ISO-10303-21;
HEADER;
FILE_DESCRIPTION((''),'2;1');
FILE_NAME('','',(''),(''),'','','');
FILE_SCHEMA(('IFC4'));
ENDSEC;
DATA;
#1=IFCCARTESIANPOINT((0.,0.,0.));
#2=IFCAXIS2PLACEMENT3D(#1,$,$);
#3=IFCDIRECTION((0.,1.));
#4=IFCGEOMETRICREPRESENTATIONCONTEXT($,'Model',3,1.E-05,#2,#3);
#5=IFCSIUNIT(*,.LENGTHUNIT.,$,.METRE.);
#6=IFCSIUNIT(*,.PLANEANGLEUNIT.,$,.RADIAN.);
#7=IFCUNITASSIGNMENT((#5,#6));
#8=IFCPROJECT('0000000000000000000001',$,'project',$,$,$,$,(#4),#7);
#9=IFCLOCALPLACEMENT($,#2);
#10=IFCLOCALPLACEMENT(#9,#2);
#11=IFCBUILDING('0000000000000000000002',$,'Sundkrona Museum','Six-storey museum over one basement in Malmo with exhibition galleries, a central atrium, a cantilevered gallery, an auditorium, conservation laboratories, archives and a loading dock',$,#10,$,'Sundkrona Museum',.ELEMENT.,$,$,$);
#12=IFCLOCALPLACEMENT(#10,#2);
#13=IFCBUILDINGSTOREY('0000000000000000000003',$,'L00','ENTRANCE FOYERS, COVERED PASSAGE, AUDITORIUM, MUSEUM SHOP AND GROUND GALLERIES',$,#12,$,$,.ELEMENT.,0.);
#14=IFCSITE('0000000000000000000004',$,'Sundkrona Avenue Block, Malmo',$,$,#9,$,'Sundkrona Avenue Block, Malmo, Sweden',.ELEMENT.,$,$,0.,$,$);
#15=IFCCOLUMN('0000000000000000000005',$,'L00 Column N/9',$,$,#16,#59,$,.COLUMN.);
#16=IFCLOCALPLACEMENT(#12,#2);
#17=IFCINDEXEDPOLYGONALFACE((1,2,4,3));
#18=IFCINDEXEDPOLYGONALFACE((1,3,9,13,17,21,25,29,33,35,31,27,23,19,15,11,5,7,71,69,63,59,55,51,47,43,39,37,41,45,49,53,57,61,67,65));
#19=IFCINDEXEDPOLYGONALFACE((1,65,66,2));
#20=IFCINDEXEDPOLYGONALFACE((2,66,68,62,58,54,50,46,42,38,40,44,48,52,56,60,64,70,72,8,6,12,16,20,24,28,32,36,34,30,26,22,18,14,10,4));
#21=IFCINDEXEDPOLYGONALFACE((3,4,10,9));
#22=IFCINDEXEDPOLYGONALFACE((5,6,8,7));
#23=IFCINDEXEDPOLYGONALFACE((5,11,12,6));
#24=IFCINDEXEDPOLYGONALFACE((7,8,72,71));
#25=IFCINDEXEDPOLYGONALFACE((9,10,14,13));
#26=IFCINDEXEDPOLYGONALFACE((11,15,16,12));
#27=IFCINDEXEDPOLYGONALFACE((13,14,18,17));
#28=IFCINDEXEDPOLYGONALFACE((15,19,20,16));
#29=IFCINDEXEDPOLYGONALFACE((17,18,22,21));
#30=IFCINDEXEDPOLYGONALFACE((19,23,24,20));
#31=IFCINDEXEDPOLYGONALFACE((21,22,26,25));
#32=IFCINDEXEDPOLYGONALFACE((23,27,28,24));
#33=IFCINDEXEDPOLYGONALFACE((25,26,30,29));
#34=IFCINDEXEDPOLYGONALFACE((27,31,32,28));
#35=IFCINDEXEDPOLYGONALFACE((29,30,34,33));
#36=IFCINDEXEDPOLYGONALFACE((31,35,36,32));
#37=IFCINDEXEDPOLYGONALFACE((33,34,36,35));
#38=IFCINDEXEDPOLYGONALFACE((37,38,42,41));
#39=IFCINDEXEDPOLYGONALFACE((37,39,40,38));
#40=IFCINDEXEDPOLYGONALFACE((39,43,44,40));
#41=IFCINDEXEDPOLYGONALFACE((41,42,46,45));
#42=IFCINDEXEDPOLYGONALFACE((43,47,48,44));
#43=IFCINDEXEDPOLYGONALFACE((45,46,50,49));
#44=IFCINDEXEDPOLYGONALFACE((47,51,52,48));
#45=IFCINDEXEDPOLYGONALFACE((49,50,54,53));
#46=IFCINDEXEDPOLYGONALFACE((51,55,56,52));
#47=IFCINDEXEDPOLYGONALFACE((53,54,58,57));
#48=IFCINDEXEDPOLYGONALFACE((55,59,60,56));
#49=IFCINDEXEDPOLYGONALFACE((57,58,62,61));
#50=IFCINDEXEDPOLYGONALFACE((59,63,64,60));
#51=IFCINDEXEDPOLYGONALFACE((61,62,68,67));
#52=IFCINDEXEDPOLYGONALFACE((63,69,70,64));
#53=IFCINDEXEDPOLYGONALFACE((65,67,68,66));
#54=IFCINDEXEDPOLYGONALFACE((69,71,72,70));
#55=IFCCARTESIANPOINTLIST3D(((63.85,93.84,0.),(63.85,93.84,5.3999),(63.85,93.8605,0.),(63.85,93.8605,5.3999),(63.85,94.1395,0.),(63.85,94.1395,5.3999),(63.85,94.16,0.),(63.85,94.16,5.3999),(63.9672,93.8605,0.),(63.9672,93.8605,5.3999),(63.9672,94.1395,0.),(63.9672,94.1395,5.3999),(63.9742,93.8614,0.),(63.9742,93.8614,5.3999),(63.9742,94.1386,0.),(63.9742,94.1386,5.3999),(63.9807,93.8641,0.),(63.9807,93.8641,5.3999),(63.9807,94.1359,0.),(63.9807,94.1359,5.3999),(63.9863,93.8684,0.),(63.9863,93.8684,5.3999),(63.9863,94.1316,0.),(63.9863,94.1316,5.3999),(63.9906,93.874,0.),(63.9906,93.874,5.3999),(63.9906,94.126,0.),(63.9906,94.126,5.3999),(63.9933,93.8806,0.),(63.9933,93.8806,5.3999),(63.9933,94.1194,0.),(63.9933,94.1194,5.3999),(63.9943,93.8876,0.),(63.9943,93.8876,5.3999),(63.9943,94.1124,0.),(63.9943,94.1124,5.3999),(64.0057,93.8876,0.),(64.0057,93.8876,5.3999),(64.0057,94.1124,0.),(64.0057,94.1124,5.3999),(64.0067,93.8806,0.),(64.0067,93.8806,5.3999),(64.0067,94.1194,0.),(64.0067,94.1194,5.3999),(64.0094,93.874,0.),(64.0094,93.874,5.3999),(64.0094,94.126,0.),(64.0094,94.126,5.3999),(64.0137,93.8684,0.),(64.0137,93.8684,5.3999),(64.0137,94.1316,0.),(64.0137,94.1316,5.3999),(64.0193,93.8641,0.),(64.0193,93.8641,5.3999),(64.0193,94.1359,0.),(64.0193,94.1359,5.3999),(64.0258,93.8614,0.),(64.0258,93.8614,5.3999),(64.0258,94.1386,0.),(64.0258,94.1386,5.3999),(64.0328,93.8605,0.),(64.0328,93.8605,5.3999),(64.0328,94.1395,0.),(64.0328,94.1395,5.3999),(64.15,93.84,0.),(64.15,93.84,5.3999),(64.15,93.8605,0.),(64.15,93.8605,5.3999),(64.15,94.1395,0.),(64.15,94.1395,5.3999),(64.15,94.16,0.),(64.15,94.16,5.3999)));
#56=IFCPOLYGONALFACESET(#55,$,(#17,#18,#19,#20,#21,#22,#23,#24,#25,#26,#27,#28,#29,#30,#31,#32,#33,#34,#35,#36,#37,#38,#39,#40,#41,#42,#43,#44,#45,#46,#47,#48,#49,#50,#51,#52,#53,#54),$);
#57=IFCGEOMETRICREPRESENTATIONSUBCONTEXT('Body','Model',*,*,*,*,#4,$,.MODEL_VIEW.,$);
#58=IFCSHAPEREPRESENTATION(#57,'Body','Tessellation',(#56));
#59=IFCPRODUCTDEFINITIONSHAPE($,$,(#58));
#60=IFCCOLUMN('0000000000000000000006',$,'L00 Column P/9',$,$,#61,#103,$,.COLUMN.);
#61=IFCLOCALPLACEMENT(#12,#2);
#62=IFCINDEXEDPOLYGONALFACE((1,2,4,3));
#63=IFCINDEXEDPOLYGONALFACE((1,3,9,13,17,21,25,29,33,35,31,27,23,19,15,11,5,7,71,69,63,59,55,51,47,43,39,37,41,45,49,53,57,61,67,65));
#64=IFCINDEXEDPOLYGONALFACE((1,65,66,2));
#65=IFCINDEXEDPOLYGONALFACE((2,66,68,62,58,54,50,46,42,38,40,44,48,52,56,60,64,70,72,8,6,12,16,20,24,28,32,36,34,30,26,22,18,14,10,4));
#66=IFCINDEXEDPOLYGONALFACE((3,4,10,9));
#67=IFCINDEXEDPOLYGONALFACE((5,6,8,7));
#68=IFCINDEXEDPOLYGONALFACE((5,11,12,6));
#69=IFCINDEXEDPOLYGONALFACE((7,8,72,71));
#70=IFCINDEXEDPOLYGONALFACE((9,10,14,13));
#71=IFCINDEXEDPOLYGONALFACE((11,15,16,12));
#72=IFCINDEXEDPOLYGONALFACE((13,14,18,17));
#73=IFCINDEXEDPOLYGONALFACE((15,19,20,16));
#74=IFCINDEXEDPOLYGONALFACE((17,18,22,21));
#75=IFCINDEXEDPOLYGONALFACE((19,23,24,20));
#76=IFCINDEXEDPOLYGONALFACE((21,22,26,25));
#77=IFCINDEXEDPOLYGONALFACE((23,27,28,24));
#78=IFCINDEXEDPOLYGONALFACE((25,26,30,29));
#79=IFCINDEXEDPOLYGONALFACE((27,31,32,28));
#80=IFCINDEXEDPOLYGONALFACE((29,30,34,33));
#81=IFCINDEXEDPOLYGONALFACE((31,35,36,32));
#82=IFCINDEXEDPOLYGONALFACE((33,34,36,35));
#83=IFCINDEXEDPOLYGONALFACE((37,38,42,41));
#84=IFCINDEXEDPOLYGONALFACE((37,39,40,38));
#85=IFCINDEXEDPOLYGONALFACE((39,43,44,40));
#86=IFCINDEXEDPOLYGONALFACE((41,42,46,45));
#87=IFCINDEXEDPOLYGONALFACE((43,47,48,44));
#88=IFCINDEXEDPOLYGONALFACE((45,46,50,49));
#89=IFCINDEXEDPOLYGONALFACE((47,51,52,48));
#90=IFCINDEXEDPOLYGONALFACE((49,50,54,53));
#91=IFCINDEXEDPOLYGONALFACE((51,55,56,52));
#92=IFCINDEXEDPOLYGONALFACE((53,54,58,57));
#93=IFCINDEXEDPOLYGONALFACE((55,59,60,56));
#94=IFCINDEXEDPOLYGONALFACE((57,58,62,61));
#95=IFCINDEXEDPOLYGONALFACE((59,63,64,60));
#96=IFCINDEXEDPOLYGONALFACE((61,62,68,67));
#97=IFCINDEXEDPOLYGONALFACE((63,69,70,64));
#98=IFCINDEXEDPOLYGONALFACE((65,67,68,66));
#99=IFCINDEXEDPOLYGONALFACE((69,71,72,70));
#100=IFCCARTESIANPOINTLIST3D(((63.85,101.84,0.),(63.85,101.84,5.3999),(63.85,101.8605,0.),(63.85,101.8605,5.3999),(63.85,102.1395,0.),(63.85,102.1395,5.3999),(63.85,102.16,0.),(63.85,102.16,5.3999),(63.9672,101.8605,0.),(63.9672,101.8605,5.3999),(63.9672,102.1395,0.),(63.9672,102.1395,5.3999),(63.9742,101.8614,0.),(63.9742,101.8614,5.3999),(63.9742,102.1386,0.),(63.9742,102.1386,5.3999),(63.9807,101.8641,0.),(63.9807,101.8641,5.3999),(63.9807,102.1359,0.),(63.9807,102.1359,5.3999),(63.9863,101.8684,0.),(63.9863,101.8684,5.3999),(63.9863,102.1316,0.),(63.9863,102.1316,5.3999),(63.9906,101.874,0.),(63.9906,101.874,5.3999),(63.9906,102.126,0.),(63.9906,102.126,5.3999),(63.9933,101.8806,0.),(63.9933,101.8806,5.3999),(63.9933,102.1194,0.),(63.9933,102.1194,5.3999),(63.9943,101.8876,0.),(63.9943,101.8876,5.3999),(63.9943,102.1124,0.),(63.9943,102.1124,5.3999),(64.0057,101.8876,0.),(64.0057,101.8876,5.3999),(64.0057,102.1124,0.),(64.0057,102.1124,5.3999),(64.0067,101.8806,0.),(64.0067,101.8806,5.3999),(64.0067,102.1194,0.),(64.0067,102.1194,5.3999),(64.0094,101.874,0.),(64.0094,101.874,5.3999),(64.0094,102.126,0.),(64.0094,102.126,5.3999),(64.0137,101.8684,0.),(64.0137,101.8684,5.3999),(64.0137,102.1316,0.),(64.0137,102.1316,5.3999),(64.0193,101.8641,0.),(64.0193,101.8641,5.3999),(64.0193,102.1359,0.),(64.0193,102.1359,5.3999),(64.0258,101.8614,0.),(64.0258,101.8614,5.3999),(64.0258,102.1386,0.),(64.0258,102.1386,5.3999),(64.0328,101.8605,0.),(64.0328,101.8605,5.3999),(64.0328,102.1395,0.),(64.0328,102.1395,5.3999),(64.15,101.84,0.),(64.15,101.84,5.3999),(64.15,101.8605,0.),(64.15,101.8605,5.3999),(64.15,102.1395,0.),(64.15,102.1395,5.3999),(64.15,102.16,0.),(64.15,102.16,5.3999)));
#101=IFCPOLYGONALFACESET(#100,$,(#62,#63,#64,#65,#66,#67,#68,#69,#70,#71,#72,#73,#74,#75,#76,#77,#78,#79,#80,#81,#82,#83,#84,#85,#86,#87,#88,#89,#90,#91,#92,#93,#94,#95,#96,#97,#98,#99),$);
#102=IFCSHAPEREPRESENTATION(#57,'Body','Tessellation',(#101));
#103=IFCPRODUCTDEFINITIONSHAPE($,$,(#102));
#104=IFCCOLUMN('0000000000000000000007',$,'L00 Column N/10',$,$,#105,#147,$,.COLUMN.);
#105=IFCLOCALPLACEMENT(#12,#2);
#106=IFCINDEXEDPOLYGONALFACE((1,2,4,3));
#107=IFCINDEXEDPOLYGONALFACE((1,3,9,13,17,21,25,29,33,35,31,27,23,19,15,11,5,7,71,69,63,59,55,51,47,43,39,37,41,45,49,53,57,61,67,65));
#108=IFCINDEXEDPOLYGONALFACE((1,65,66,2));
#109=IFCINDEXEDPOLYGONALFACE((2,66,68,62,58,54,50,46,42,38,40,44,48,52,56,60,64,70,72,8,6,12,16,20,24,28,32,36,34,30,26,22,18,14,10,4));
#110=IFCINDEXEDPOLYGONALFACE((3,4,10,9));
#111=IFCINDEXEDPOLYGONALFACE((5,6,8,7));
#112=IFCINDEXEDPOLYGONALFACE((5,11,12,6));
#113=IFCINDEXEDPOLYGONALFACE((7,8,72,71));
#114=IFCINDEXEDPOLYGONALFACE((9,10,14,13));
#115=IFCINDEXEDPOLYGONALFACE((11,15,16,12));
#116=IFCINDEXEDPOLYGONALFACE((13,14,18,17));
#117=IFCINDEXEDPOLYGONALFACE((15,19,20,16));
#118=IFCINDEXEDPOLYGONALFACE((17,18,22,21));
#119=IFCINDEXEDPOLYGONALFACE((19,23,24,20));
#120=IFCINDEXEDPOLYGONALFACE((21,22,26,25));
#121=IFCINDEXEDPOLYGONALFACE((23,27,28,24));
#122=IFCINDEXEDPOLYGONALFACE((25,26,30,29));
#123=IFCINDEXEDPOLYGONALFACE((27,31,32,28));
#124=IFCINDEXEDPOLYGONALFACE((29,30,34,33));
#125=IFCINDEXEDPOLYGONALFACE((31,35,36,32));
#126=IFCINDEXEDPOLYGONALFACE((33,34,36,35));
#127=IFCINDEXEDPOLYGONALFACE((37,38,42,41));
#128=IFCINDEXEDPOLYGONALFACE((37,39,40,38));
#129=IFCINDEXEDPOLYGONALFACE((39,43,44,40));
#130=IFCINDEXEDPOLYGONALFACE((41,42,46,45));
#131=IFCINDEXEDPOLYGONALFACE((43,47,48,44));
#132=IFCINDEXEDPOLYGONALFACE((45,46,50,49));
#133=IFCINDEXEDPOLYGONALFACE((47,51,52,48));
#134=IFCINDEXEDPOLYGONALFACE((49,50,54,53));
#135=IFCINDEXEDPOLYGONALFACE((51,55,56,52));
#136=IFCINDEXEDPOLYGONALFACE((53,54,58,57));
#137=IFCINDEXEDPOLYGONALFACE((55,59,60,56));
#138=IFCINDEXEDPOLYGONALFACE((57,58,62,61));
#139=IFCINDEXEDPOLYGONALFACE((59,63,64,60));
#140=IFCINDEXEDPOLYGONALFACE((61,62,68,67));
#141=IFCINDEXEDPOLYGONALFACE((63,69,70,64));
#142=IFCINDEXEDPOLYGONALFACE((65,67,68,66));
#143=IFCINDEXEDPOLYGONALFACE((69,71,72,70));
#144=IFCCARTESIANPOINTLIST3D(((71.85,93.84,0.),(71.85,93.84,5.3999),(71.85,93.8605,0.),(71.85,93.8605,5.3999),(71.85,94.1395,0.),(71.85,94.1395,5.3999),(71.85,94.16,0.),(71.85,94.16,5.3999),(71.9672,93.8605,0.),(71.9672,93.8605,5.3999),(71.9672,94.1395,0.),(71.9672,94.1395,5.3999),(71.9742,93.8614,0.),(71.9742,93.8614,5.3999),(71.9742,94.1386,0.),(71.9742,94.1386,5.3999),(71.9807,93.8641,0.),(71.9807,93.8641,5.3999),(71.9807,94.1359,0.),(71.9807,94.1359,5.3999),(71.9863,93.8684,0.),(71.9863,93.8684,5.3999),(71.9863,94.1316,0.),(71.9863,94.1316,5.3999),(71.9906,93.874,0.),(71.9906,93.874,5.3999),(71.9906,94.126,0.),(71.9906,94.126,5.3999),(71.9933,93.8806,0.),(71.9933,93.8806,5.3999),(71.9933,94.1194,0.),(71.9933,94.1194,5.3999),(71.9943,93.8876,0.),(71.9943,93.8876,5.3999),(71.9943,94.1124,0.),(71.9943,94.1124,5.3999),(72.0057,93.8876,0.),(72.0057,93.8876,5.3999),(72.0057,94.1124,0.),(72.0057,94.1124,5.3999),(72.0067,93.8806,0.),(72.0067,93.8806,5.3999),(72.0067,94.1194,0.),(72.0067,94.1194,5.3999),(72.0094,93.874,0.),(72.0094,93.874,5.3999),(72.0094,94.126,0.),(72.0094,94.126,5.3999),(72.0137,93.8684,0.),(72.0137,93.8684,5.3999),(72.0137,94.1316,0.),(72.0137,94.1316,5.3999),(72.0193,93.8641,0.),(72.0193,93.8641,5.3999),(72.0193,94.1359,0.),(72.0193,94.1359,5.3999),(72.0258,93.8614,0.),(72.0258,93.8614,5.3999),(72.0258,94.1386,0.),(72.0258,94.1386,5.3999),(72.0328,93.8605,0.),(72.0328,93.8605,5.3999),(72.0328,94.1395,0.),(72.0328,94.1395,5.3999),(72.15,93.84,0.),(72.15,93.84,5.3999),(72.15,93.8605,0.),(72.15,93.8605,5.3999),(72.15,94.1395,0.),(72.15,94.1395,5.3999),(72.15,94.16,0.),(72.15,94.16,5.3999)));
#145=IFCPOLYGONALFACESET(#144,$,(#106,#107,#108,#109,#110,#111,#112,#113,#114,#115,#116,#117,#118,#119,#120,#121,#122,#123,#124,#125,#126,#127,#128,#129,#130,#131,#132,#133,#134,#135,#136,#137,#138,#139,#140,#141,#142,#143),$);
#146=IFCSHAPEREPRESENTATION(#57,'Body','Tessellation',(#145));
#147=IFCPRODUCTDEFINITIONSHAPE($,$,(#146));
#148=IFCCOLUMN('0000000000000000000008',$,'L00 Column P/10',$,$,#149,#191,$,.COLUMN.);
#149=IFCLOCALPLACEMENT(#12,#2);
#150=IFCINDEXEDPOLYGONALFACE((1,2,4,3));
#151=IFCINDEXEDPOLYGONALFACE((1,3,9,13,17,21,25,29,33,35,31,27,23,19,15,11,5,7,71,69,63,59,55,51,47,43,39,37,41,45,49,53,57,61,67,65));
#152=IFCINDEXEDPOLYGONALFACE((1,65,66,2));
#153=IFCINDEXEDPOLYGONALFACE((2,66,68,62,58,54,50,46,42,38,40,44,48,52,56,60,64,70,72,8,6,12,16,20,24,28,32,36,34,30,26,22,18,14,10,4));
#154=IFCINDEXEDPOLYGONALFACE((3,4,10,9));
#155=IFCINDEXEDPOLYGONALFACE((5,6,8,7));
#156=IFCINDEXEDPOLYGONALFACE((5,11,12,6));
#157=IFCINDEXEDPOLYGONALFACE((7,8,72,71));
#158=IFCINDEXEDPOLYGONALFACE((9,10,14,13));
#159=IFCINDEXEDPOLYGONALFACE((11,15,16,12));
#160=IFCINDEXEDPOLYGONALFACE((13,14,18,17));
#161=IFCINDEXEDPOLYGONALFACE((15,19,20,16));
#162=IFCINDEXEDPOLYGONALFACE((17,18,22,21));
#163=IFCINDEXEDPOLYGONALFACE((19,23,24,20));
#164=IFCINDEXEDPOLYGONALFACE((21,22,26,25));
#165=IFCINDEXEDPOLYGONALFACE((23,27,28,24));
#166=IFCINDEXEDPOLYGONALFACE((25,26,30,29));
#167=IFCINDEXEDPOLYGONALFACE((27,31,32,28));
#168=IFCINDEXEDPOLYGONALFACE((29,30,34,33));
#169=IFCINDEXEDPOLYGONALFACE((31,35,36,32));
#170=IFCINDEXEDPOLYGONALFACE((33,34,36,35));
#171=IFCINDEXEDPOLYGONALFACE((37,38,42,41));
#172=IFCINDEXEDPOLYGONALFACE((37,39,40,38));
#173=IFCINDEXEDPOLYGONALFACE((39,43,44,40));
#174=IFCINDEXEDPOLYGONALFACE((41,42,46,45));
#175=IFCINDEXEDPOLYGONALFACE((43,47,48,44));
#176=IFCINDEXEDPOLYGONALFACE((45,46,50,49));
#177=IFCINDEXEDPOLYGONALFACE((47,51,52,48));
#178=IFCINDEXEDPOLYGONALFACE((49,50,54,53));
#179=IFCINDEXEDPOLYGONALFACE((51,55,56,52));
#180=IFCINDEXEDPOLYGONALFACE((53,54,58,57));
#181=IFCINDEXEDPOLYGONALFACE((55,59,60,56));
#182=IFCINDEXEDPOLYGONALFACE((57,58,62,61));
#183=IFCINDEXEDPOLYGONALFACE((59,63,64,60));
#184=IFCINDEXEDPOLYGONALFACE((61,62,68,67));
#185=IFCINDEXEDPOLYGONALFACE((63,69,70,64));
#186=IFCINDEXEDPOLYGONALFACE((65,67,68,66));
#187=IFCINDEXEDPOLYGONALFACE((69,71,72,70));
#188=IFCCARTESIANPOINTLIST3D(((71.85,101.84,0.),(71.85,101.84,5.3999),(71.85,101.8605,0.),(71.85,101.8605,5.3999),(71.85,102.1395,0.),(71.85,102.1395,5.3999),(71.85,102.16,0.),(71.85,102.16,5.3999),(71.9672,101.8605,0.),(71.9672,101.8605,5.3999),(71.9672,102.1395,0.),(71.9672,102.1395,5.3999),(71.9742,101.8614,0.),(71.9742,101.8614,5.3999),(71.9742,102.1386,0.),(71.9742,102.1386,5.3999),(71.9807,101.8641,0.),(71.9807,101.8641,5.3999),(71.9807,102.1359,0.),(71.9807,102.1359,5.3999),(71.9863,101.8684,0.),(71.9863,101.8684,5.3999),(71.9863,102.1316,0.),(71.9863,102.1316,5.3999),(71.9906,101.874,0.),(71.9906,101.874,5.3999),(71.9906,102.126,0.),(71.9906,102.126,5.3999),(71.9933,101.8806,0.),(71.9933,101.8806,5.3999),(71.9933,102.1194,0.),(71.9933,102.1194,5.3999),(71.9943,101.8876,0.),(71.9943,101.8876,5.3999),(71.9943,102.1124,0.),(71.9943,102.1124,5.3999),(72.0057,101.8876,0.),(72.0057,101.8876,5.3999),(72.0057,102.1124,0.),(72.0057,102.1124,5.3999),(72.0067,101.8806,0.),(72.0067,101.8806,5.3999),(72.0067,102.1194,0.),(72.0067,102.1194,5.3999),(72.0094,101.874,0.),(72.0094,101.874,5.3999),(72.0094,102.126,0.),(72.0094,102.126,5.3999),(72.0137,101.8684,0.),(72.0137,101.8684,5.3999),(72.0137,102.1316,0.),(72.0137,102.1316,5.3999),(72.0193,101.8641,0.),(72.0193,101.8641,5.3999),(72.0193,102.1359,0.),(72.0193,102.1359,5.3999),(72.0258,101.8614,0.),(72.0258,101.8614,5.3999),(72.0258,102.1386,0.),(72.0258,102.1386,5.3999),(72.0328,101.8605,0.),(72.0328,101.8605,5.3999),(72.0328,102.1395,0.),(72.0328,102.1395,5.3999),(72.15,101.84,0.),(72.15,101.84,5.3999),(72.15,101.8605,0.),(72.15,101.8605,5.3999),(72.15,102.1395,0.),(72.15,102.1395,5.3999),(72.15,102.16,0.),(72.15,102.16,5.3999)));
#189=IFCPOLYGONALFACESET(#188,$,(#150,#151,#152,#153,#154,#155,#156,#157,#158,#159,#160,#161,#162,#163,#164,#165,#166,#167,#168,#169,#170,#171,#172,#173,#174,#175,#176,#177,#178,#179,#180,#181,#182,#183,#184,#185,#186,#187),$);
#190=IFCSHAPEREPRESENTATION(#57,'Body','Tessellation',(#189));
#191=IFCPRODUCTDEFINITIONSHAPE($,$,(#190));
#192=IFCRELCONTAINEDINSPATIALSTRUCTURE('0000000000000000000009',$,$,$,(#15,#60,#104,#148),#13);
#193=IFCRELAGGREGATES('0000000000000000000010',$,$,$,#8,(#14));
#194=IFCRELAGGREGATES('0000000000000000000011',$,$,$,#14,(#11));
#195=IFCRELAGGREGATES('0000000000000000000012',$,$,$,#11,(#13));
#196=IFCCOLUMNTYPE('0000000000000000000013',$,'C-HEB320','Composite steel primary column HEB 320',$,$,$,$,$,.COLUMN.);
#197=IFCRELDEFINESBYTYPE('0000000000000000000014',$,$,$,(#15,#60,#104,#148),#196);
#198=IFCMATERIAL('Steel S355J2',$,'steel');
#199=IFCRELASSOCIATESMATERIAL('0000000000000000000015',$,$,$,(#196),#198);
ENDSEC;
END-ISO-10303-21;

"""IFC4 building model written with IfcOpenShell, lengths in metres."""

from ifc_helpers import new_model, si_unit, direction, frame, origin, origin_2d, place, context, subcontext, project, spatial, i_section, extrude, material, material_profile, profile_set, type_object, element, save


model = new_model("IFC4")

# Units and contexts
model_context = context("Model", 3, precision=1e-05, world=origin(), true_north=direction((0.0, 1.0)))
body_context = subcontext(model_context, "Body", "Model", "MODEL_VIEW")
ifc_project = project(units=[si_unit("LENGTHUNIT", "METRE"), si_unit("PLANEANGLEUNIT", "RADIAN")], contexts=[model_context])

# Site, building, storey
site_placement = place(None, origin())
site = spatial("IfcSite", under=ifc_project, at=site_placement, Name="Sundkrona Avenue Block, Malmo", LongName="Sundkrona Avenue Block, Malmo, Sweden", CompositionType="ELEMENT", RefElevation=0.0)
building_placement = place(site_placement, origin())
building = spatial("IfcBuilding", under=site, at=building_placement, Name="Sundkrona Museum", Description="Six-storey museum over one basement in Malmo with exhibition galleries, a central atrium, a cantilevered gallery, an auditorium, conservation laboratories, archives and a loading dock", LongName="Sundkrona Museum", CompositionType="ELEMENT")
storey_placement = place(building_placement, origin())
storey = spatial("IfcBuildingStorey", under=building, at=storey_placement, Name="L00", Description="ENTRANCE FOYERS, COVERED PASSAGE, AUDITORIUM, MUSEUM SHOP AND GROUND GALLERIES", CompositionType="ELEMENT", Elevation=0.0)

# Columns
ifc_material_1 = material(Name="Steel S355J2", Category="steel")
ifc_material_profile_1 = material_profile(ifc_material_1, i_section(OverallWidth=0.3, OverallDepth=0.3201, WebThickness=0.0115, FlangeThickness=0.0205, FilletRadius=0.0271, at=origin_2d()), Name="HEB 320")
ifc_profile_set_1 = profile_set([ifc_material_profile_1], Name="Steel S355J2")
column_type_1 = type_object("IfcColumnType", Name="C-HEB320", Description="Composite steel primary column HEB 320", PredefinedType="COLUMN", material=ifc_profile_set_1)
for number, where, z_axis, x_axis, name in (
    (1, (64.0, 94.0, 0.0), (0.0, 0.0, 1.0), (1.0, 0.0, 0.0), "L00 Column N/9"),
    (2, (64.0, 102.0, 0.0), (0.0, 0.0, 1.0), (1.0, 0.0, 0.0), "L00 Column P/9"),
    (3, (72.0, 94.0, 0.0), (0.0, 0.0, 1.0), (1.0, 0.0, 0.0), "L00 Column N/10"),
    (4, (72.0, 102.0, 0.0), (0.0, 0.0, 1.0), (1.0, 0.0, 0.0), "L00 Column P/10"),
):
    element("IfcColumn", number, at=place(storey_placement, frame(where, z_axis=z_axis, x_axis=x_axis)), inside=storey, type_object=column_type_1, Name=name, PredefinedType="COLUMN", context=body_context, shape_type="SweptSolid", body=[
        extrude(i_section(OverallWidth=0.3, OverallDepth=0.3201, WebThickness=0.0115, FlangeThickness=0.0205, FilletRadius=0.0271, at=origin_2d()), origin(), (0.0, 0.0, 1.0), 5.3999),
    ])

save(model, "model.ifc")
